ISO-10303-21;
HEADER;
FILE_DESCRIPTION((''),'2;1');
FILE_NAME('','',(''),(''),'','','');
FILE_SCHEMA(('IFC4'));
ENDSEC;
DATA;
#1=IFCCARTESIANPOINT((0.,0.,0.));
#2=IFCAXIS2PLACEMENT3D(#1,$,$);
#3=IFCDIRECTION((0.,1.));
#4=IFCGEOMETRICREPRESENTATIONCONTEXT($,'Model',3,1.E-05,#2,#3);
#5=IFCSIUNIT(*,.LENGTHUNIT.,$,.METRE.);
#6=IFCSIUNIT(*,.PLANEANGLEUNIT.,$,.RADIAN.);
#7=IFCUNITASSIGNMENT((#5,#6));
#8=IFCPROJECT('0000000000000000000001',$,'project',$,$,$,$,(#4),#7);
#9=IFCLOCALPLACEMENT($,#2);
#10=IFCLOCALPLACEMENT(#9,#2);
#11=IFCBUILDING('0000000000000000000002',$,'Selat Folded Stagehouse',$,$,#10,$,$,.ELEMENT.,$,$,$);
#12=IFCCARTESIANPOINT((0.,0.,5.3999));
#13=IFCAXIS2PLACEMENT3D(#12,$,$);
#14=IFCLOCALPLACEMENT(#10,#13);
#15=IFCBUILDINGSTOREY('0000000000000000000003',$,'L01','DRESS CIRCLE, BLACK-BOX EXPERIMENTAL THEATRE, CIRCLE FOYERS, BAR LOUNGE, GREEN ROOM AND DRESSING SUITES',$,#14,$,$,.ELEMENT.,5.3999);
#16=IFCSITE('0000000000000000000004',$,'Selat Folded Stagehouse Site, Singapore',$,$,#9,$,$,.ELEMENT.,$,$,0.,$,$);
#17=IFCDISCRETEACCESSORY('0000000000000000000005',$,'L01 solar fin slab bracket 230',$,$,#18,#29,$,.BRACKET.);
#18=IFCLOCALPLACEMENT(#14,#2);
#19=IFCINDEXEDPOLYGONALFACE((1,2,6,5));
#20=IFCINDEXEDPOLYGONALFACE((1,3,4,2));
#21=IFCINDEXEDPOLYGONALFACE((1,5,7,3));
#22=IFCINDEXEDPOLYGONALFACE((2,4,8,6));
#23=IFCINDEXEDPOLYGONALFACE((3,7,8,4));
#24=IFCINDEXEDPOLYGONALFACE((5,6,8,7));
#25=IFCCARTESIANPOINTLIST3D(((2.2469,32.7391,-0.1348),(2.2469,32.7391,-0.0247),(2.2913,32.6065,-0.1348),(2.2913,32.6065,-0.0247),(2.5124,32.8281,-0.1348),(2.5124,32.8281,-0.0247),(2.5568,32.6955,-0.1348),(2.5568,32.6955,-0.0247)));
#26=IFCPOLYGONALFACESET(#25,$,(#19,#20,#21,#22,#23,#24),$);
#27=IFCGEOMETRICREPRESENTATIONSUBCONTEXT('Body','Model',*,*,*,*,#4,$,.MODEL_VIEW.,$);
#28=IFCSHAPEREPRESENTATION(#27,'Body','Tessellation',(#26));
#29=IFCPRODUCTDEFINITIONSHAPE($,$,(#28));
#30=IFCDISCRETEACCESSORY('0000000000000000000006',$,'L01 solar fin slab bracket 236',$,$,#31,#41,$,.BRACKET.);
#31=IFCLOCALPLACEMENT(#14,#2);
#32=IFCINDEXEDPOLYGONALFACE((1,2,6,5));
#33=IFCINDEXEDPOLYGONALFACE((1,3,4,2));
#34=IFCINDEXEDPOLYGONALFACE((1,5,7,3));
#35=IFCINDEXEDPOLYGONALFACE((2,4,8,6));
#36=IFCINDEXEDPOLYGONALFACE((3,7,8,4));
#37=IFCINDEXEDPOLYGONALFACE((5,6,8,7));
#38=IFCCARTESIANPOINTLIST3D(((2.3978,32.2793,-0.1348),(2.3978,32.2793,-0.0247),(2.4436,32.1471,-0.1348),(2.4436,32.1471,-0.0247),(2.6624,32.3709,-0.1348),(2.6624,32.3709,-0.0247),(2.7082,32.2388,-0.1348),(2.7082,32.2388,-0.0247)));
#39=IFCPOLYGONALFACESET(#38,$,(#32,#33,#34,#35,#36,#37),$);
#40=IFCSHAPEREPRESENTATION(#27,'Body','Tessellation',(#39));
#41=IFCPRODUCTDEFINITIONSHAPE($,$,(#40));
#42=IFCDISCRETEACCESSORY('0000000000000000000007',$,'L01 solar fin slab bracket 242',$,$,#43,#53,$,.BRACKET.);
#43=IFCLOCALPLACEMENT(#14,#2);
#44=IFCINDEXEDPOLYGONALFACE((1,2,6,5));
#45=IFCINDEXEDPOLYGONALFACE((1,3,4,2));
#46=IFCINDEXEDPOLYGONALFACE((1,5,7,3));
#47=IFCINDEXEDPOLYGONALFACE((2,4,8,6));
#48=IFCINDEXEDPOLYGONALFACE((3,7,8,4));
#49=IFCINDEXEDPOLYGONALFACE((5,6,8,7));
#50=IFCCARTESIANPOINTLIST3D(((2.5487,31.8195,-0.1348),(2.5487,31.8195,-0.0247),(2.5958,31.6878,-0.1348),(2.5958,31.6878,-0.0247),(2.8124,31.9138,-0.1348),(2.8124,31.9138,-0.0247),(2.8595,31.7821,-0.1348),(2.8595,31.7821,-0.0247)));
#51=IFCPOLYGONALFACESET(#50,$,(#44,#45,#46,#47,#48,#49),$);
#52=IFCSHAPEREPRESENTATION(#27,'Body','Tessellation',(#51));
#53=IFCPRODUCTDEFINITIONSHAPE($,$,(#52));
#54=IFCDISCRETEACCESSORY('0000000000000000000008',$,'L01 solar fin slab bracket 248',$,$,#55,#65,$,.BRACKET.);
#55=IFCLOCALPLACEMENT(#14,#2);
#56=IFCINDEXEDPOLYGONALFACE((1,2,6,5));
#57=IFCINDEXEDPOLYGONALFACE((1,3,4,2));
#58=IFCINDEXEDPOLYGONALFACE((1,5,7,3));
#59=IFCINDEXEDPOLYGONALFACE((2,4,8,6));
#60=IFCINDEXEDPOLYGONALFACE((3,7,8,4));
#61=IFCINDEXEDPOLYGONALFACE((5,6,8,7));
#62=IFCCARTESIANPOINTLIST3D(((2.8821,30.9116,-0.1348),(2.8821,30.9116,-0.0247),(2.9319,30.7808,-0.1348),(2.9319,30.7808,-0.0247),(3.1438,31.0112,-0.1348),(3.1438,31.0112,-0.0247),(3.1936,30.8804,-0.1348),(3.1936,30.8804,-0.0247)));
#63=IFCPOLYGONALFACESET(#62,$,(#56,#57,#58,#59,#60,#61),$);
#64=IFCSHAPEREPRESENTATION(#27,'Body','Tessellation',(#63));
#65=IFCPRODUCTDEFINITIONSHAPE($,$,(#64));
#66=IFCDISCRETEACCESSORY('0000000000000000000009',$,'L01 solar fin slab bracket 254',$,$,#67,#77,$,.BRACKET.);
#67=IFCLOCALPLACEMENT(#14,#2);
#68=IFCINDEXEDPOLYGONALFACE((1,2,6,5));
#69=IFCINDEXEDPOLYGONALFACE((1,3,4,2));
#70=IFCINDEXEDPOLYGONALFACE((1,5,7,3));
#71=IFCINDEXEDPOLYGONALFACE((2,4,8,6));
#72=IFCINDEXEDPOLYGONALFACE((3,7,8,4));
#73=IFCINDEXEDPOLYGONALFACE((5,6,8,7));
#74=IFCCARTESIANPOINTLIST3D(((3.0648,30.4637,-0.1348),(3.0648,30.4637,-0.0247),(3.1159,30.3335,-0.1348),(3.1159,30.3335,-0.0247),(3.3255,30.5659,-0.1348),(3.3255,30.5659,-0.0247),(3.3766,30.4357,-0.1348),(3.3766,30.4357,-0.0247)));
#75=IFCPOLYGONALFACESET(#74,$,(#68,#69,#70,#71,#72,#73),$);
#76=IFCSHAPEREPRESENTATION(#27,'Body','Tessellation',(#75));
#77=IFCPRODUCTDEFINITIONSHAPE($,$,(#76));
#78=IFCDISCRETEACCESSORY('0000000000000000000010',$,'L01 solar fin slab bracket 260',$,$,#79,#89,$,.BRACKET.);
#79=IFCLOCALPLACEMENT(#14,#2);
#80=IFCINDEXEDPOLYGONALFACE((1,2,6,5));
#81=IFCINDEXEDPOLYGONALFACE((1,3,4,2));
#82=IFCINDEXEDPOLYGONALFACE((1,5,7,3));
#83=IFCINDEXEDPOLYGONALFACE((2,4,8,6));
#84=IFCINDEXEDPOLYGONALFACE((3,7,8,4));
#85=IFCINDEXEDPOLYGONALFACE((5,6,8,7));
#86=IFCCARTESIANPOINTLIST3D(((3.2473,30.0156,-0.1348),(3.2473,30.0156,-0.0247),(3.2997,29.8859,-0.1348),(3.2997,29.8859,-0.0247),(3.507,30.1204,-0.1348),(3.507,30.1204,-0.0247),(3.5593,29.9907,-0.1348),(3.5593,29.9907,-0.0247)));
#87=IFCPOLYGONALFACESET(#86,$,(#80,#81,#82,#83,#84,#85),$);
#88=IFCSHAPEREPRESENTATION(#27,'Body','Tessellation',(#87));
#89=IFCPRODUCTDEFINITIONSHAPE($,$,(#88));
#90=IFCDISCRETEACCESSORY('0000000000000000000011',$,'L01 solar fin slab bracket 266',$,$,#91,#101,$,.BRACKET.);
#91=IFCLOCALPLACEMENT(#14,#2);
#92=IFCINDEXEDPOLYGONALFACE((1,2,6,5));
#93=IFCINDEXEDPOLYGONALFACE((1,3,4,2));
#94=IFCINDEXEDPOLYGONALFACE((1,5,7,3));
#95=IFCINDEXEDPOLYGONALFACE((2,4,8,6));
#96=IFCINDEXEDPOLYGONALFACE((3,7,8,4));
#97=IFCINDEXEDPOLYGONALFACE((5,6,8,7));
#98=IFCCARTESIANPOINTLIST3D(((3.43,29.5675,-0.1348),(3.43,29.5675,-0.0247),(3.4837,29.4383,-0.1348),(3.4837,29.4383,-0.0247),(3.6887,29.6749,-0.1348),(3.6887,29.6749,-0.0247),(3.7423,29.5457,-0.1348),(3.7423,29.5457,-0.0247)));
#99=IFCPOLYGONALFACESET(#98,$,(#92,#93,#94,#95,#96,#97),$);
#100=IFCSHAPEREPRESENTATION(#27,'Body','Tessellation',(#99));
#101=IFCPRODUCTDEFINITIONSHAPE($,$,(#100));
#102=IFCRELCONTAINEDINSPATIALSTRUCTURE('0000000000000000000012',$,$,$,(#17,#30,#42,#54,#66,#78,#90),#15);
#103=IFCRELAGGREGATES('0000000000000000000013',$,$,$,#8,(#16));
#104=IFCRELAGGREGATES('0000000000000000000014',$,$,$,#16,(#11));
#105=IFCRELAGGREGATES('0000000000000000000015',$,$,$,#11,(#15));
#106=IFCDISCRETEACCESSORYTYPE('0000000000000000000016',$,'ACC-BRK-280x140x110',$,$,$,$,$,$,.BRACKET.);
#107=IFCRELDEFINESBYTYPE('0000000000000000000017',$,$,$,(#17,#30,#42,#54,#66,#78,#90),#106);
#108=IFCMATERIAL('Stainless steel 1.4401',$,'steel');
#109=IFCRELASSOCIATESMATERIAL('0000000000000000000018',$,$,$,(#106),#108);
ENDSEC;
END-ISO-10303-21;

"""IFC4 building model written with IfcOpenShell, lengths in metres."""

from ifc_helpers import new_model, si_unit, direction, frame, origin, origin_2d, place, context, subcontext, project, spatial, rectangle, extrude, material, type_object, element, save


model = new_model("IFC4")

# Units and contexts
model_context = context("Model", 3, precision=1e-05, world=origin(), true_north=direction((0.0, 1.0)))
body_context = subcontext(model_context, "Body", "Model", "MODEL_VIEW")
ifc_project = project(units=[si_unit("LENGTHUNIT", "METRE"), si_unit("PLANEANGLEUNIT", "RADIAN")], contexts=[model_context])

# Site, building, storey
site_placement = place(None, origin())
site = spatial("IfcSite", under=ifc_project, at=site_placement, Name="Selat Folded Stagehouse Site, Singapore", CompositionType="ELEMENT", RefElevation=0.0)
building_placement = place(site_placement, origin())
building = spatial("IfcBuilding", under=site, at=building_placement, Name="Selat Folded Stagehouse", CompositionType="ELEMENT")
storey_placement = place(building_placement, frame((0.0, 0.0, 5.3999)))
storey = spatial("IfcBuildingStorey", under=building, at=storey_placement, Name="L01", Description="DRESS CIRCLE, BLACK-BOX EXPERIMENTAL THEATRE, CIRCLE FOYERS, BAR LOUNGE, GREEN ROOM AND DRESSING SUITES", CompositionType="ELEMENT", Elevation=5.3999)

# Discrete accessories
ifc_material_1 = material(Name="Stainless steel 1.4401", Category="steel")
discrete_accessory_type = type_object("IfcDiscreteAccessoryType", Name="ACC-BRK-280x140x110", PredefinedType="BRACKET", material=ifc_material_1)
for number, where, z_axis, x_axis, name in (
    (1, (2.4019, 32.7173, -0.1348), (0.0, 0.0, 1.0), (-0.948157, -0.317801, 0.0), "L01 solar fin slab bracket 230"),
    (2, (2.553, 32.259, -0.1348), (0.0, 0.0, 1.0), (-0.944949, -0.327218, 0.0), "L01 solar fin slab bracket 236"),
    (3, (2.7041, 31.8008, -0.1348), (0.0, 0.0, 1.0), (-0.941588, -0.336767, 0.0), "L01 solar fin slab bracket 242"),
    (4, (3.0378, 30.896, -0.1348), (0.0, 0.0, 1.0), (-0.93464, -0.355596, 0.0), "L01 solar fin slab bracket 248"),
    (5, (3.2207, 30.4497, -0.1348), (0.0, 0.0, 1.0), (-0.931056, -0.364877, 0.0), "L01 solar fin slab bracket 254"),
    (6, (3.4033, 30.0032, -0.1348), (0.0, 0.0, 1.0), (-0.927315, -0.374283, 0.0), "L01 solar fin slab bracket 260"),
    (7, (3.5862, 29.5566, -0.1348), (0.0, 0.0, 1.0), (-0.923545, -0.38349, 0.0), "L01 solar fin slab bracket 266"),
):
    element("IfcDiscreteAccessory", number, at=place(storey_placement, frame(where, z_axis=z_axis, x_axis=x_axis)), inside=storey, type_object=discrete_accessory_type, Name=name, PredefinedType="BRACKET", context=body_context, shape_type="SweptSolid", body=[
        extrude(rectangle(XDim=0.28, YDim=0.1399, at=origin_2d()), origin(), (0.0, 0.0, 1.0), 0.1101),
    ])

save(model, "model.ifc")
